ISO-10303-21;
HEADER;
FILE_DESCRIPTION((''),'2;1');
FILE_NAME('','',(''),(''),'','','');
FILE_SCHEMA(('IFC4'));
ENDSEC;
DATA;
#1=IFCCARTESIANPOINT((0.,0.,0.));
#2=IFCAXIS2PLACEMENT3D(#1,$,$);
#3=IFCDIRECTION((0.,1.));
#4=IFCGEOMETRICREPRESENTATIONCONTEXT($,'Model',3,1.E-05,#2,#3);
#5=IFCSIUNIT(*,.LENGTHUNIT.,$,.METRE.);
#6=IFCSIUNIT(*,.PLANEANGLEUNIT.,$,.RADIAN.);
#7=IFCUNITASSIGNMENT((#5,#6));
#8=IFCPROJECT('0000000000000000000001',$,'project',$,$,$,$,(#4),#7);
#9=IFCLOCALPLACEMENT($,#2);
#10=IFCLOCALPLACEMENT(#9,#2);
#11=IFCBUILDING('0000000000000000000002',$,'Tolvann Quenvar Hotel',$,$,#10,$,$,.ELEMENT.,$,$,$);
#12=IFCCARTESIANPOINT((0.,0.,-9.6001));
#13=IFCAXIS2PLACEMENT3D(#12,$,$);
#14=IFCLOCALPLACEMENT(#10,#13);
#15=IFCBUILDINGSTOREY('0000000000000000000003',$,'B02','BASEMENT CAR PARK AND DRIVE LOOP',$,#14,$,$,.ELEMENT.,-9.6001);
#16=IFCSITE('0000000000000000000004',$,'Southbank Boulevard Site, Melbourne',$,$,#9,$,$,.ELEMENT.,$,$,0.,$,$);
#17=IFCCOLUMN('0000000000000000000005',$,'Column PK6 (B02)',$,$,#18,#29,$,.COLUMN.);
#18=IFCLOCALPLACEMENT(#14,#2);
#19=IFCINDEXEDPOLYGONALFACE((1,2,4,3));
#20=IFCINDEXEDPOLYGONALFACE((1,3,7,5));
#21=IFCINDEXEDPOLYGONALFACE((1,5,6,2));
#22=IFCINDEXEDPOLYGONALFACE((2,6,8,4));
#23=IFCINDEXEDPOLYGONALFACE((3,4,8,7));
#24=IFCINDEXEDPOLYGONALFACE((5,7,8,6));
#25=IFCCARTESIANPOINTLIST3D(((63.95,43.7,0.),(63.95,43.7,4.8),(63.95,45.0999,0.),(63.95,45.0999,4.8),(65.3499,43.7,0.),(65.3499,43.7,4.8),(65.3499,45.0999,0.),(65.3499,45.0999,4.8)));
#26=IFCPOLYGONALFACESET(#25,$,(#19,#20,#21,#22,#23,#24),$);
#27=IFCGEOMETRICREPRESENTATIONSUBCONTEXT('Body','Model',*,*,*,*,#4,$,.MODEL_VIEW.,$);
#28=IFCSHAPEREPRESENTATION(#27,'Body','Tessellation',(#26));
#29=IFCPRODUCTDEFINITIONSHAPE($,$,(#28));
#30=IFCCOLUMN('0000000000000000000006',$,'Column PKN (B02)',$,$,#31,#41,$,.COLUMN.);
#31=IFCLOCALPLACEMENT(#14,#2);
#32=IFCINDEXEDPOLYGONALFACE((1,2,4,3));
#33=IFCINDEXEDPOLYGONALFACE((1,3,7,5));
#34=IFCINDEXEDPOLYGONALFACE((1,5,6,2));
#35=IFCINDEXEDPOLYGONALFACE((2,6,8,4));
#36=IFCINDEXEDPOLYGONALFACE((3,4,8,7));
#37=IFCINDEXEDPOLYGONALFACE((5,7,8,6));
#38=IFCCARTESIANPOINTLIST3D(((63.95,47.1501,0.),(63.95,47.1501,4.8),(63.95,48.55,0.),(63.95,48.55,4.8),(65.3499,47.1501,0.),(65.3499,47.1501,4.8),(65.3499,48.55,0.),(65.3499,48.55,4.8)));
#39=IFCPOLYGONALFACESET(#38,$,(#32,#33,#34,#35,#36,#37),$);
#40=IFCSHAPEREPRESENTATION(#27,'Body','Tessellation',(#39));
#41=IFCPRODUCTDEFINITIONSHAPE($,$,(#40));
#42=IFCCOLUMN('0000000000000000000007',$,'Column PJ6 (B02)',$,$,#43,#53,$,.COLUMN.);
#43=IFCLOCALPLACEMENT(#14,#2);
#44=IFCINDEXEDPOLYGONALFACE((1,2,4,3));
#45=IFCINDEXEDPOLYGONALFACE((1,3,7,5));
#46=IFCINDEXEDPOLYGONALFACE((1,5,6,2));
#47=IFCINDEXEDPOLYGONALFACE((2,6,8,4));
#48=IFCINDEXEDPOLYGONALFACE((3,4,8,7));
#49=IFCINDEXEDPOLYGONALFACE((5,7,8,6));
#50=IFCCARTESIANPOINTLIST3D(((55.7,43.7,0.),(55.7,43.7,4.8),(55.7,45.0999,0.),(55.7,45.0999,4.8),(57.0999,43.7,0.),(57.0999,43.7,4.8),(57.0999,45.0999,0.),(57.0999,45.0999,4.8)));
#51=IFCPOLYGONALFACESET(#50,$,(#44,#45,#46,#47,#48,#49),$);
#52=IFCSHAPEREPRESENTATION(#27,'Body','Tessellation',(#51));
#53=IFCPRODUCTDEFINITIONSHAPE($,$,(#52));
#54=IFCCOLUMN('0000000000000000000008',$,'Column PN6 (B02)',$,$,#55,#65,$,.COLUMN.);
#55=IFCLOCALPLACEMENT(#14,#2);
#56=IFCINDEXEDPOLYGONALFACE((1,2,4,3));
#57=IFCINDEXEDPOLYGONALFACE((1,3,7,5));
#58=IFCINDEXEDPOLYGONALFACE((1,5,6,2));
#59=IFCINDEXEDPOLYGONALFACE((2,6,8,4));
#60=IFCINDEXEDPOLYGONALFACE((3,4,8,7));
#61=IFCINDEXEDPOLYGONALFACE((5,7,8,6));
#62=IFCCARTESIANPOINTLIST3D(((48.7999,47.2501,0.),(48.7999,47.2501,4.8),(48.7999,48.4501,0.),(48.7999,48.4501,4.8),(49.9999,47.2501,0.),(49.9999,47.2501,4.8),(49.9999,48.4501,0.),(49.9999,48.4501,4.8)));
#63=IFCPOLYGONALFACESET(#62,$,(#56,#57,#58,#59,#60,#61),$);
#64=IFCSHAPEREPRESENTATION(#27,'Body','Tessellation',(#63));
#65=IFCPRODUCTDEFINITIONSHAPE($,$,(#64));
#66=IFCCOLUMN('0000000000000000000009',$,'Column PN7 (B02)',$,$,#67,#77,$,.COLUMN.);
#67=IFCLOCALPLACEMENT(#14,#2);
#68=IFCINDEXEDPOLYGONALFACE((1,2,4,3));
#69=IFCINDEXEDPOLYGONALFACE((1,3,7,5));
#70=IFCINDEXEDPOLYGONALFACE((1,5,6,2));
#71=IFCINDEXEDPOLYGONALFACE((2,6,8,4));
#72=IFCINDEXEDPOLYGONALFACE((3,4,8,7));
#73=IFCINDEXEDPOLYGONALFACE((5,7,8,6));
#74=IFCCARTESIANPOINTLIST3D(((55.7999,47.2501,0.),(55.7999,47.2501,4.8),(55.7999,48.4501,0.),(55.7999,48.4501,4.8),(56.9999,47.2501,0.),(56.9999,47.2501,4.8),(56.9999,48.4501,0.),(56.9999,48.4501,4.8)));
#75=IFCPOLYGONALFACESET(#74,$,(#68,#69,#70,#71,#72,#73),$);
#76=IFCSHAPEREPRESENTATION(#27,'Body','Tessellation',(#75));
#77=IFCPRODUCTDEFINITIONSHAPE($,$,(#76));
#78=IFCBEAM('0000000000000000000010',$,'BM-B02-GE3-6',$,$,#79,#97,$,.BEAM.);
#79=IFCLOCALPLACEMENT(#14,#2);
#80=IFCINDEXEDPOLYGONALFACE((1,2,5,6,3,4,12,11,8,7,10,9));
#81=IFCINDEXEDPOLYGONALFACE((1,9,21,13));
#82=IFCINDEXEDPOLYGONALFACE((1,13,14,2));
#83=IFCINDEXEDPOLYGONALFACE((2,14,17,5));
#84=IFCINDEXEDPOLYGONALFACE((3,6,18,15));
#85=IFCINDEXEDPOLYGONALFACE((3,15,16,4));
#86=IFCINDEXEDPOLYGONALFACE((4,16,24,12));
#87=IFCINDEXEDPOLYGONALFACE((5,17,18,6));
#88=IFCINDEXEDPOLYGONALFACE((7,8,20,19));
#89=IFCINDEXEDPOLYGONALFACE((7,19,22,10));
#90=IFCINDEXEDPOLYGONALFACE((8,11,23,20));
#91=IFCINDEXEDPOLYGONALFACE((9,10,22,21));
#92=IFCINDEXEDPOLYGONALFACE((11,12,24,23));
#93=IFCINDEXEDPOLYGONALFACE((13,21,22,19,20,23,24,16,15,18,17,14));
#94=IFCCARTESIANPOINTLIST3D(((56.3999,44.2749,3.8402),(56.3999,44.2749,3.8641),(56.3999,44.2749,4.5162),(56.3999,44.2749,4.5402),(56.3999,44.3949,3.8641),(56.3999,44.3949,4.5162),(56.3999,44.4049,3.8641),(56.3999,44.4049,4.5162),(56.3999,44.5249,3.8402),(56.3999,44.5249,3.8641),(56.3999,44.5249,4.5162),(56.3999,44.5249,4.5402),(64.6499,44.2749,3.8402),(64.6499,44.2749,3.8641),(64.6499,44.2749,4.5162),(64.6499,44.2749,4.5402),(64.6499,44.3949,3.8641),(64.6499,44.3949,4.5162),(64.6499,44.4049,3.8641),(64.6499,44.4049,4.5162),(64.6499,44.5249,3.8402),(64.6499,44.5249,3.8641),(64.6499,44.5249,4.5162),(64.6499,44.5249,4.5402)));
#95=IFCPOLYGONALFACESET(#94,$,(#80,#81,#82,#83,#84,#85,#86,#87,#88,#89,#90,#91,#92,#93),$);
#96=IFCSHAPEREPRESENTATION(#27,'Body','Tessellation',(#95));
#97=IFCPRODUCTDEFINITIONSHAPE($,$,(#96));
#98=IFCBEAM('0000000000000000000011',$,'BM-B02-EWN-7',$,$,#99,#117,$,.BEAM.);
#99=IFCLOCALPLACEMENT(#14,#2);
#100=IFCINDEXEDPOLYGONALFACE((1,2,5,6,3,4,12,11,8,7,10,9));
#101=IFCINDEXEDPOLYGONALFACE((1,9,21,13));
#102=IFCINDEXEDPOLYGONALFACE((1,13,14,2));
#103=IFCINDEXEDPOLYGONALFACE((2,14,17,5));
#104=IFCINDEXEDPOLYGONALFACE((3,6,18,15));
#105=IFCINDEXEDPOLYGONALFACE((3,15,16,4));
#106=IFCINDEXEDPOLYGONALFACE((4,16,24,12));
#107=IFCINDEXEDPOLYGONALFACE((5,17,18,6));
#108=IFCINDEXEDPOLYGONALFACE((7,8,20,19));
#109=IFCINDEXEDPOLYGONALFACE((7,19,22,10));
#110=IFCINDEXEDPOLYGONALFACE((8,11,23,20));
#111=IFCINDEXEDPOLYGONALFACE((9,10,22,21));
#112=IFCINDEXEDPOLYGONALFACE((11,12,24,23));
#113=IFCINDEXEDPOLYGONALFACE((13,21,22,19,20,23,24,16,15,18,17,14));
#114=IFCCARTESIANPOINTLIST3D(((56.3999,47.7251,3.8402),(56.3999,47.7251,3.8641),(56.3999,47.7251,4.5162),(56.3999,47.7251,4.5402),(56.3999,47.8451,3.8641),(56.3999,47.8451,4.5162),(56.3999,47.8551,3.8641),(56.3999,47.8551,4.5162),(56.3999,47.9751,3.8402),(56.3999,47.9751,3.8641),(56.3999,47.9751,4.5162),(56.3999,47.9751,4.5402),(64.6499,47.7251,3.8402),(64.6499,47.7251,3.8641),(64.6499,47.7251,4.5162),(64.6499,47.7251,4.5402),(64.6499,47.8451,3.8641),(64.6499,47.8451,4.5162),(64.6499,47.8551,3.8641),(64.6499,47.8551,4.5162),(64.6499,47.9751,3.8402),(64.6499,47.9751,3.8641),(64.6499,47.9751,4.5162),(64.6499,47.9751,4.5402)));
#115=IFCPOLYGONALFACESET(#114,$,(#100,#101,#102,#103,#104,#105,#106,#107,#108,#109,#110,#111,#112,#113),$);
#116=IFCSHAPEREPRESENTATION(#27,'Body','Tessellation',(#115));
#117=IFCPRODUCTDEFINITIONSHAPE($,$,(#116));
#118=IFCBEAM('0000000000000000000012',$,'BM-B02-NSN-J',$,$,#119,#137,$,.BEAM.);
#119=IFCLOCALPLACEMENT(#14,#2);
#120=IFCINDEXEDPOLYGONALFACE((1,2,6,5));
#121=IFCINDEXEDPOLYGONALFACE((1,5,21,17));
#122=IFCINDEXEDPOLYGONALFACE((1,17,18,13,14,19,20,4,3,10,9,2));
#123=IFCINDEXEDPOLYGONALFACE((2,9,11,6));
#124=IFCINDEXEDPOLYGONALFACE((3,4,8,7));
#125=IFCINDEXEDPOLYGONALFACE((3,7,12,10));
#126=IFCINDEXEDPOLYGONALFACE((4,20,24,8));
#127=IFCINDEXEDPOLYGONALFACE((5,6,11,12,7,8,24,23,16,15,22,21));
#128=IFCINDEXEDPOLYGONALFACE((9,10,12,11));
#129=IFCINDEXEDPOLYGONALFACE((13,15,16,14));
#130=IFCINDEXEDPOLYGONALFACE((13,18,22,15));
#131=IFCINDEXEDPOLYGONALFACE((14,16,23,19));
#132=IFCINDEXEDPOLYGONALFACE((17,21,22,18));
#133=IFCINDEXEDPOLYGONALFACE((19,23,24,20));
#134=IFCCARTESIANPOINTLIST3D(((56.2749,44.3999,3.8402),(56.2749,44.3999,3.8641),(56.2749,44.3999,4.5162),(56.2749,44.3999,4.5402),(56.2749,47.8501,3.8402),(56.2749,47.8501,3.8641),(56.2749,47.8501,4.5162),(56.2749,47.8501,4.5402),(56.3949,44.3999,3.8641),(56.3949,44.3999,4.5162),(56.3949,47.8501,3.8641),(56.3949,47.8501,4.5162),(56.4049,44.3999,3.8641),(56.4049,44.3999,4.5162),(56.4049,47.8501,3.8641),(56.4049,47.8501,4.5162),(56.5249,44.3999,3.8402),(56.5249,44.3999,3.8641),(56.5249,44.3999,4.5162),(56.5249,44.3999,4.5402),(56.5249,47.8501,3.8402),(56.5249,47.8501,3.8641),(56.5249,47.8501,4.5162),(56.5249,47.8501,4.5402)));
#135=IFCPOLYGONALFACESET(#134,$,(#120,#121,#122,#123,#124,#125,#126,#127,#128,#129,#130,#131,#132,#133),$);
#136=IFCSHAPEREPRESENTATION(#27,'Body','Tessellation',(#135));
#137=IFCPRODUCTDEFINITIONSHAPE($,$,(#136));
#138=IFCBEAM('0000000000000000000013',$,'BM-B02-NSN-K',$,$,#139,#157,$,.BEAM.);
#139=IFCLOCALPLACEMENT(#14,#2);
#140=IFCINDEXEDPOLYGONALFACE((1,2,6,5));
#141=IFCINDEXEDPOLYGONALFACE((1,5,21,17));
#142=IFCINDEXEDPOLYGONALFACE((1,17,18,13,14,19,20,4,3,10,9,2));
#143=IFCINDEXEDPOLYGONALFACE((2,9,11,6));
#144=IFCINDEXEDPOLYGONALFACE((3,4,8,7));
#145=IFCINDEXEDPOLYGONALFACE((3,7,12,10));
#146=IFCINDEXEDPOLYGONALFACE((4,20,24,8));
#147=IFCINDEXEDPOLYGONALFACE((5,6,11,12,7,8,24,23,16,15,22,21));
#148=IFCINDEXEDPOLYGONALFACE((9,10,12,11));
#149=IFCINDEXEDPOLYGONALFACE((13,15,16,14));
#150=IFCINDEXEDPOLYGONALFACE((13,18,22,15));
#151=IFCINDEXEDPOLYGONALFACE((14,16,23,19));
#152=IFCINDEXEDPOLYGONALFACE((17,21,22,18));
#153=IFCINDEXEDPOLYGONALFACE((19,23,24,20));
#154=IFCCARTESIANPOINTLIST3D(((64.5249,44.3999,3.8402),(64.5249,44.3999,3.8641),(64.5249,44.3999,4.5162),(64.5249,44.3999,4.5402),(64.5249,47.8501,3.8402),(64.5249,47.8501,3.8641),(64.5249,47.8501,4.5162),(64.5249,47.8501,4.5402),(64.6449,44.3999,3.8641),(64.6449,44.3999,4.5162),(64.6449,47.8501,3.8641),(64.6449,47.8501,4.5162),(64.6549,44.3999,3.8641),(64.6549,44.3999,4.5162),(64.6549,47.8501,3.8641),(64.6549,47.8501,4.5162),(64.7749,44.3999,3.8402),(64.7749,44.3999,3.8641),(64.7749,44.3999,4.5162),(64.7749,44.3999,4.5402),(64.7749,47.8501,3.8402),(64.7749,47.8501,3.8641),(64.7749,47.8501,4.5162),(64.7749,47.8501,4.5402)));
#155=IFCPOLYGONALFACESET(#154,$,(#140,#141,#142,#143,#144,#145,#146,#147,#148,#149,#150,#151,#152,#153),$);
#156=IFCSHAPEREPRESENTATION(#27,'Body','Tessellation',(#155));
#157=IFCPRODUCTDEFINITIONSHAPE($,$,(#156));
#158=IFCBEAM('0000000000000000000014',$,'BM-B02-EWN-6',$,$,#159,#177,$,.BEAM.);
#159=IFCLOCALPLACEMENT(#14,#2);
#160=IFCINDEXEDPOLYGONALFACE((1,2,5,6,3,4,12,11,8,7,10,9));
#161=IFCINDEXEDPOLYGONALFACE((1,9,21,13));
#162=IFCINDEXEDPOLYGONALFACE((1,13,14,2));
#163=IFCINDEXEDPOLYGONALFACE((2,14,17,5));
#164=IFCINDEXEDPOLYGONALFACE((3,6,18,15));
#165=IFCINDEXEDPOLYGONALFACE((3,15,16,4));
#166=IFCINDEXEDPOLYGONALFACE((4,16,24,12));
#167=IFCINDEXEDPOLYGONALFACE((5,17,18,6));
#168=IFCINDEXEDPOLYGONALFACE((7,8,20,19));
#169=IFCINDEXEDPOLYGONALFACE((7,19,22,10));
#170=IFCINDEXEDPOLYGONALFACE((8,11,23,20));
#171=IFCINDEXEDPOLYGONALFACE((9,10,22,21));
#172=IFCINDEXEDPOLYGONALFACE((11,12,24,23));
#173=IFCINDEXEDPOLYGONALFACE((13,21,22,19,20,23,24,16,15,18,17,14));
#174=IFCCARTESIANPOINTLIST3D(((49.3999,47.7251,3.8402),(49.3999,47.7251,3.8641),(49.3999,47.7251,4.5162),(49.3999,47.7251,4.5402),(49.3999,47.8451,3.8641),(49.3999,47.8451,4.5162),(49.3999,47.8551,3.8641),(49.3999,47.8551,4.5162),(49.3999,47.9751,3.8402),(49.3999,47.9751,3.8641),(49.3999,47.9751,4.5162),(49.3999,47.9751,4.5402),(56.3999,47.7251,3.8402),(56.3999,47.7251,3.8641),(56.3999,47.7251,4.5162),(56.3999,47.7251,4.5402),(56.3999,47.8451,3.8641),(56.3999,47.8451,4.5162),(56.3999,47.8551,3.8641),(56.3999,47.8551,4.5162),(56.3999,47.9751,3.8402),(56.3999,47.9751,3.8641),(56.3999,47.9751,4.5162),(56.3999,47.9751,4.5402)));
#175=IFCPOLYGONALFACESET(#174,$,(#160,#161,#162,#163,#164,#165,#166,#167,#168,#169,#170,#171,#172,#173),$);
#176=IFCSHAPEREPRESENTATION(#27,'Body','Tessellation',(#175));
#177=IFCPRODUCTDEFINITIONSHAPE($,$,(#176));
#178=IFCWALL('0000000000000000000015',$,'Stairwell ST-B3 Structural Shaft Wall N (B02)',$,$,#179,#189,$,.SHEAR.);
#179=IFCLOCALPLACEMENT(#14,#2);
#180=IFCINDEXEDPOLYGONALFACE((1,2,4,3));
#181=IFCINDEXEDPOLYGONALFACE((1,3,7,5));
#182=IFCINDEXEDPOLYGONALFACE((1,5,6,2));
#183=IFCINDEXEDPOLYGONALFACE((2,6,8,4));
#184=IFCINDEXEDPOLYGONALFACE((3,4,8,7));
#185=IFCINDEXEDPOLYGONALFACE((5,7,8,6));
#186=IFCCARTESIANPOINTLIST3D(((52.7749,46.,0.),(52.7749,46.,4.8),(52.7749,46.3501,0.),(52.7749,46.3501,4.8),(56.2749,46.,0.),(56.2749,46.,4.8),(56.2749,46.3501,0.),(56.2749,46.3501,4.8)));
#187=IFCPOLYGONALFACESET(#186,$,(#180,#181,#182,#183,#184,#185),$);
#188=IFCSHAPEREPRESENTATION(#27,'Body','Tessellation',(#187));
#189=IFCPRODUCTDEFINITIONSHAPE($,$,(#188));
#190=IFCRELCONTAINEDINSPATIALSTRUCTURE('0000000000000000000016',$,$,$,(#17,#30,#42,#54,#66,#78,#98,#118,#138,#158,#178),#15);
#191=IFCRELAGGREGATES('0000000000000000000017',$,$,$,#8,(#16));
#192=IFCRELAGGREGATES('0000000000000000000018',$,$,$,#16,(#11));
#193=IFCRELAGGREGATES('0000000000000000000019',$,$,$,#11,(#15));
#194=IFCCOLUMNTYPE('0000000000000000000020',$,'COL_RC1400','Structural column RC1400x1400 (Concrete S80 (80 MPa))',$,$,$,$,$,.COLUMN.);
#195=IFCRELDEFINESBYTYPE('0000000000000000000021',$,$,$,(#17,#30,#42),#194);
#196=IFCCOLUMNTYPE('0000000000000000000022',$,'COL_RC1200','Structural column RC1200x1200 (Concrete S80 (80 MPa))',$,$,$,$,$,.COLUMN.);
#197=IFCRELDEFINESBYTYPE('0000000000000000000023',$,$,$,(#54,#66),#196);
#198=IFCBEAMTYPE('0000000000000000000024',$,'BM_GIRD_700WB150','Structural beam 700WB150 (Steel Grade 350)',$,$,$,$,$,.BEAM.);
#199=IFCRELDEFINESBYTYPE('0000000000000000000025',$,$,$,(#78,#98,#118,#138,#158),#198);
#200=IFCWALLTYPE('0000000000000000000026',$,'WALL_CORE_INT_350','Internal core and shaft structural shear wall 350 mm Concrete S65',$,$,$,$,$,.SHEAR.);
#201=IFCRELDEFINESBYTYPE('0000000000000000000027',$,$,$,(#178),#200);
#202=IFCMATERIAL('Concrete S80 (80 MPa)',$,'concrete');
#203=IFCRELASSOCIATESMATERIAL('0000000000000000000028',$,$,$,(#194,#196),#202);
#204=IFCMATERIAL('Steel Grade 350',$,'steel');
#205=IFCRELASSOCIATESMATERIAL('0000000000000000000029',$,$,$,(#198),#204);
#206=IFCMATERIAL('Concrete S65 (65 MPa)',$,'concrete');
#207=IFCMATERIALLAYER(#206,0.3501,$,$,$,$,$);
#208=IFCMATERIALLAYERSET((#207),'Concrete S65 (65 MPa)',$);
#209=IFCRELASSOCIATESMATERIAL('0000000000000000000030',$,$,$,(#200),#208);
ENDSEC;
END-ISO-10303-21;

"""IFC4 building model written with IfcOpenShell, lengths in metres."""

from ifc_helpers import new_model, si_unit, direction, frame, frame_2d, origin, origin_2d, place, context, subcontext, project, spatial, rectangle, i_section, extrude, source, transform, mapped, material, layer, layer_set, material_profile, profile_set, type_object, type_shapes, element, save


model = new_model("IFC4")

# Units and contexts
model_context = context("Model", 3, precision=1e-05, world=origin(), true_north=direction((0.0, 1.0)))
body_context = subcontext(model_context, "Body", "Model", "MODEL_VIEW")
ifc_project = project(units=[si_unit("LENGTHUNIT", "METRE"), si_unit("PLANEANGLEUNIT", "RADIAN")], contexts=[model_context])

# Site, building, storey
site_placement = place(None, origin())
site = spatial("IfcSite", under=ifc_project, at=site_placement, Name="Southbank Boulevard Site, Melbourne", CompositionType="ELEMENT", RefElevation=0.0)
building_placement = place(site_placement, origin())
building = spatial("IfcBuilding", under=site, at=building_placement, Name="Tolvann Quenvar Hotel", CompositionType="ELEMENT")
storey_placement = place(building_placement, frame((0.0, 0.0, -9.6001)))
storey = spatial("IfcBuildingStorey", under=building, at=storey_placement, Name="B02", Description="BASEMENT CAR PARK AND DRIVE LOOP", CompositionType="ELEMENT", Elevation=-9.6001)

# Columns
ifc_material_1 = material(Name="Concrete S80 (80 MPa)", Category="concrete")
ifc_material_profile_1 = material_profile(ifc_material_1, rectangle(XDim=1.3999, YDim=1.3999, at=origin_2d()), Name="RC1400x1400")
ifc_profile_set_1 = profile_set([ifc_material_profile_1], Name="Concrete S80 (80 MPa)")
column_type_1 = type_object("IfcColumnType", Name="COL_RC1400", Description="Structural column RC1400x1400 (Concrete S80 (80 MPa))", PredefinedType="COLUMN", material=ifc_profile_set_1)
shared_shape_1 = source(origin(), body_context, "Body", "SweptSolid", [
    extrude(rectangle(XDim=1.3999, YDim=1.3999, at=origin_2d()), origin(), (0.0, 0.0, 1.0), 4.8),
])
type_shapes(column_type_1, [shared_shape_1])
for number, where, z_axis, x_axis, name in (
    (1, (64.6499, 44.3999, 0.0), (0.0, 0.0, 1.0), (1.0, 0.0, 0.0), "Column PK6 (B02)"),
    (2, (64.6499, 47.8501, 0.0), (0.0, 0.0, 1.0), (1.0, 0.0, 0.0), "Column PKN (B02)"),
    (3, (56.3999, 44.3999, 0.0), (0.0, 0.0, 1.0), (1.0, 0.0, 0.0), "Column PJ6 (B02)"),
):
    element("IfcColumn", number, at=place(storey_placement, frame(where, z_axis=z_axis, x_axis=x_axis)), inside=storey, type_object=column_type_1, Name=name, PredefinedType="COLUMN", context=body_context, shape_type="MappedRepresentation", body=[
        mapped(shared_shape_1, transform((0.0, 0.0, 0.0), x_axis=(1.0, 0.0, 0.0), y_axis=(0.0, 1.0, 0.0), z_axis=(0.0, 0.0, 1.0), scale=1.0)),
    ])
ifc_material_profile_2 = material_profile(ifc_material_1, rectangle(XDim=1.2, YDim=1.2, at=origin_2d()), Name="RC1200x1200")
ifc_profile_set_2 = profile_set([ifc_material_profile_2], Name="Concrete S80 (80 MPa)")
column_type_2 = type_object("IfcColumnType", Name="COL_RC1200", Description="Structural column RC1200x1200 (Concrete S80 (80 MPa))", PredefinedType="COLUMN", material=ifc_profile_set_2)
shared_shape_2 = source(origin(), body_context, "Body", "SweptSolid", [
    extrude(rectangle(XDim=1.2, YDim=1.2, at=origin_2d()), origin(), (0.0, 0.0, 1.0), 4.8),
])
type_shapes(column_type_2, [shared_shape_2])
for number, where, z_axis, x_axis, name in (
    (4, (49.3999, 47.8501, 0.0), (0.0, 0.0, 1.0), (1.0, 0.0, 0.0), "Column PN6 (B02)"),
    (5, (56.3999, 47.8501, 0.0), (0.0, 0.0, 1.0), (1.0, 0.0, 0.0), "Column PN7 (B02)"),
):
    element("IfcColumn", number, at=place(storey_placement, frame(where, z_axis=z_axis, x_axis=x_axis)), inside=storey, type_object=column_type_2, Name=name, PredefinedType="COLUMN", context=body_context, shape_type="MappedRepresentation", body=[
        mapped(shared_shape_2, transform((0.0, 0.0, 0.0), x_axis=(1.0, 0.0, 0.0), y_axis=(0.0, 1.0, 0.0), z_axis=(0.0, 0.0, 1.0), scale=1.0)),
    ])

# Beams
ifc_material_2 = material(Name="Steel Grade 350", Category="steel")
ifc_material_profile_3 = material_profile(ifc_material_2, i_section(OverallWidth=0.25, OverallDepth=0.7, WebThickness=0.01, FlangeThickness=0.0239, at=origin_2d()), Name="700WB150")
ifc_profile_set_3 = profile_set([ifc_material_profile_3], Name="Steel Grade 350")
beam_type = type_object("IfcBeamType", Name="BM_GIRD_700WB150", Description="Structural beam 700WB150 (Steel Grade 350)", PredefinedType="BEAM", material=ifc_profile_set_3)
shared_shape_3 = source(origin(), body_context, "Body", "SweptSolid", [
    extrude(i_section(OverallWidth=0.25, OverallDepth=0.7, WebThickness=0.01, FlangeThickness=0.0239, at=origin_2d()), origin(), (0.0, 0.0, 1.0), 8.25),
])
for number, where, z_axis, x_axis, name in (
    (6, (56.3999, 44.3999, 4.1902), (1.0, 0.0, 0.0), (0.0, 1.0, 0.0), "BM-B02-GE3-6"),
    (7, (56.3999, 47.8501, 4.1902), (1.0, 0.0, 0.0), (0.0, 1.0, 0.0), "BM-B02-EWN-7"),
):
    element("IfcBeam", number, at=place(storey_placement, frame(where, z_axis=z_axis, x_axis=x_axis)), inside=storey, type_object=beam_type, Name=name, PredefinedType="BEAM", context=body_context, shape_type="MappedRepresentation", body=[
        mapped(shared_shape_3, transform((0.0, 0.0, 0.0), x_axis=(1.0, 0.0, 0.0), y_axis=(0.0, 1.0, 0.0), z_axis=(0.0, 0.0, 1.0), scale=1.0)),
    ])
shared_shape_4 = source(origin(), body_context, "Body", "SweptSolid", [
    extrude(i_section(OverallWidth=0.25, OverallDepth=0.7, WebThickness=0.01, FlangeThickness=0.0239, at=origin_2d()), origin(), (0.0, 0.0, 1.0), 3.4502),
])
for number, where, z_axis, x_axis, name in (
    (8, (56.3999, 44.3999, 4.1902), (0.0, 1.0, 0.0), (-1.0, 0.0, 0.0), "BM-B02-NSN-J"),
    (9, (64.6499, 44.3999, 4.1902), (0.0, 1.0, 0.0), (-1.0, 0.0, 0.0), "BM-B02-NSN-K"),
):
    element("IfcBeam", number, at=place(storey_placement, frame(where, z_axis=z_axis, x_axis=x_axis)), inside=storey, type_object=beam_type, Name=name, PredefinedType="BEAM", context=body_context, shape_type="MappedRepresentation", body=[
        mapped(shared_shape_4, transform((0.0, 0.0, 0.0), x_axis=(1.0, 0.0, 0.0), y_axis=(0.0, 1.0, 0.0), z_axis=(0.0, 0.0, 1.0), scale=1.0)),
    ])
shared_shape_5 = source(origin(), body_context, "Body", "SweptSolid", [
    extrude(i_section(OverallWidth=0.25, OverallDepth=0.7, WebThickness=0.01, FlangeThickness=0.0239, at=origin_2d()), origin(), (0.0, 0.0, 1.0), 7.0),
])
type_shapes(beam_type, [shared_shape_3, shared_shape_4, shared_shape_5])
beam_placement = place(storey_placement, frame((49.3999, 47.8501, 4.1902), z_axis=(1.0, 0.0, 0.0), x_axis=(0.0, 1.0, 0.0)))
element("IfcBeam", 10, at=beam_placement, inside=storey, type_object=beam_type, Name="BM-B02-EWN-6", PredefinedType="BEAM", context=body_context, shape_type="MappedRepresentation", body=[
    mapped(shared_shape_5, transform((0.0, 0.0, 0.0), x_axis=(1.0, 0.0, 0.0), y_axis=(0.0, 1.0, 0.0), z_axis=(0.0, 0.0, 1.0), scale=1.0)),
])

# Wall
ifc_material_3 = material(Name="Concrete S65 (65 MPa)", Category="concrete")
ifc_layer_1 = layer(ifc_material_3, 0.3501)
ifc_layer_set_1 = layer_set([ifc_layer_1], Name="Concrete S65 (65 MPa)")
wall_type_1 = type_object("IfcWallType", Name="WALL_CORE_INT_350", Description="Internal core and shaft structural shear wall 350 mm Concrete S65", PredefinedType="SHEAR", material=ifc_layer_set_1)
wall_1_placement = place(storey_placement, frame((56.2749, 46.175, 0.0), z_axis=(0.0, 0.0, 1.0), x_axis=(-1.0, 0.0, 0.0)))
element("IfcWall", 11, at=wall_1_placement, inside=storey, type_object=wall_type_1, Name="Stairwell ST-B3 Structural Shaft Wall N (B02)", PredefinedType="SHEAR", context=body_context, shape_type="SweptSolid", body=[
    extrude(rectangle(XDim=3.5, YDim=0.3501, at=frame_2d((1.75, 0.0))), origin(), (0.0, 0.0, 1.0), 4.8),
])

save(model, "model.ifc")
